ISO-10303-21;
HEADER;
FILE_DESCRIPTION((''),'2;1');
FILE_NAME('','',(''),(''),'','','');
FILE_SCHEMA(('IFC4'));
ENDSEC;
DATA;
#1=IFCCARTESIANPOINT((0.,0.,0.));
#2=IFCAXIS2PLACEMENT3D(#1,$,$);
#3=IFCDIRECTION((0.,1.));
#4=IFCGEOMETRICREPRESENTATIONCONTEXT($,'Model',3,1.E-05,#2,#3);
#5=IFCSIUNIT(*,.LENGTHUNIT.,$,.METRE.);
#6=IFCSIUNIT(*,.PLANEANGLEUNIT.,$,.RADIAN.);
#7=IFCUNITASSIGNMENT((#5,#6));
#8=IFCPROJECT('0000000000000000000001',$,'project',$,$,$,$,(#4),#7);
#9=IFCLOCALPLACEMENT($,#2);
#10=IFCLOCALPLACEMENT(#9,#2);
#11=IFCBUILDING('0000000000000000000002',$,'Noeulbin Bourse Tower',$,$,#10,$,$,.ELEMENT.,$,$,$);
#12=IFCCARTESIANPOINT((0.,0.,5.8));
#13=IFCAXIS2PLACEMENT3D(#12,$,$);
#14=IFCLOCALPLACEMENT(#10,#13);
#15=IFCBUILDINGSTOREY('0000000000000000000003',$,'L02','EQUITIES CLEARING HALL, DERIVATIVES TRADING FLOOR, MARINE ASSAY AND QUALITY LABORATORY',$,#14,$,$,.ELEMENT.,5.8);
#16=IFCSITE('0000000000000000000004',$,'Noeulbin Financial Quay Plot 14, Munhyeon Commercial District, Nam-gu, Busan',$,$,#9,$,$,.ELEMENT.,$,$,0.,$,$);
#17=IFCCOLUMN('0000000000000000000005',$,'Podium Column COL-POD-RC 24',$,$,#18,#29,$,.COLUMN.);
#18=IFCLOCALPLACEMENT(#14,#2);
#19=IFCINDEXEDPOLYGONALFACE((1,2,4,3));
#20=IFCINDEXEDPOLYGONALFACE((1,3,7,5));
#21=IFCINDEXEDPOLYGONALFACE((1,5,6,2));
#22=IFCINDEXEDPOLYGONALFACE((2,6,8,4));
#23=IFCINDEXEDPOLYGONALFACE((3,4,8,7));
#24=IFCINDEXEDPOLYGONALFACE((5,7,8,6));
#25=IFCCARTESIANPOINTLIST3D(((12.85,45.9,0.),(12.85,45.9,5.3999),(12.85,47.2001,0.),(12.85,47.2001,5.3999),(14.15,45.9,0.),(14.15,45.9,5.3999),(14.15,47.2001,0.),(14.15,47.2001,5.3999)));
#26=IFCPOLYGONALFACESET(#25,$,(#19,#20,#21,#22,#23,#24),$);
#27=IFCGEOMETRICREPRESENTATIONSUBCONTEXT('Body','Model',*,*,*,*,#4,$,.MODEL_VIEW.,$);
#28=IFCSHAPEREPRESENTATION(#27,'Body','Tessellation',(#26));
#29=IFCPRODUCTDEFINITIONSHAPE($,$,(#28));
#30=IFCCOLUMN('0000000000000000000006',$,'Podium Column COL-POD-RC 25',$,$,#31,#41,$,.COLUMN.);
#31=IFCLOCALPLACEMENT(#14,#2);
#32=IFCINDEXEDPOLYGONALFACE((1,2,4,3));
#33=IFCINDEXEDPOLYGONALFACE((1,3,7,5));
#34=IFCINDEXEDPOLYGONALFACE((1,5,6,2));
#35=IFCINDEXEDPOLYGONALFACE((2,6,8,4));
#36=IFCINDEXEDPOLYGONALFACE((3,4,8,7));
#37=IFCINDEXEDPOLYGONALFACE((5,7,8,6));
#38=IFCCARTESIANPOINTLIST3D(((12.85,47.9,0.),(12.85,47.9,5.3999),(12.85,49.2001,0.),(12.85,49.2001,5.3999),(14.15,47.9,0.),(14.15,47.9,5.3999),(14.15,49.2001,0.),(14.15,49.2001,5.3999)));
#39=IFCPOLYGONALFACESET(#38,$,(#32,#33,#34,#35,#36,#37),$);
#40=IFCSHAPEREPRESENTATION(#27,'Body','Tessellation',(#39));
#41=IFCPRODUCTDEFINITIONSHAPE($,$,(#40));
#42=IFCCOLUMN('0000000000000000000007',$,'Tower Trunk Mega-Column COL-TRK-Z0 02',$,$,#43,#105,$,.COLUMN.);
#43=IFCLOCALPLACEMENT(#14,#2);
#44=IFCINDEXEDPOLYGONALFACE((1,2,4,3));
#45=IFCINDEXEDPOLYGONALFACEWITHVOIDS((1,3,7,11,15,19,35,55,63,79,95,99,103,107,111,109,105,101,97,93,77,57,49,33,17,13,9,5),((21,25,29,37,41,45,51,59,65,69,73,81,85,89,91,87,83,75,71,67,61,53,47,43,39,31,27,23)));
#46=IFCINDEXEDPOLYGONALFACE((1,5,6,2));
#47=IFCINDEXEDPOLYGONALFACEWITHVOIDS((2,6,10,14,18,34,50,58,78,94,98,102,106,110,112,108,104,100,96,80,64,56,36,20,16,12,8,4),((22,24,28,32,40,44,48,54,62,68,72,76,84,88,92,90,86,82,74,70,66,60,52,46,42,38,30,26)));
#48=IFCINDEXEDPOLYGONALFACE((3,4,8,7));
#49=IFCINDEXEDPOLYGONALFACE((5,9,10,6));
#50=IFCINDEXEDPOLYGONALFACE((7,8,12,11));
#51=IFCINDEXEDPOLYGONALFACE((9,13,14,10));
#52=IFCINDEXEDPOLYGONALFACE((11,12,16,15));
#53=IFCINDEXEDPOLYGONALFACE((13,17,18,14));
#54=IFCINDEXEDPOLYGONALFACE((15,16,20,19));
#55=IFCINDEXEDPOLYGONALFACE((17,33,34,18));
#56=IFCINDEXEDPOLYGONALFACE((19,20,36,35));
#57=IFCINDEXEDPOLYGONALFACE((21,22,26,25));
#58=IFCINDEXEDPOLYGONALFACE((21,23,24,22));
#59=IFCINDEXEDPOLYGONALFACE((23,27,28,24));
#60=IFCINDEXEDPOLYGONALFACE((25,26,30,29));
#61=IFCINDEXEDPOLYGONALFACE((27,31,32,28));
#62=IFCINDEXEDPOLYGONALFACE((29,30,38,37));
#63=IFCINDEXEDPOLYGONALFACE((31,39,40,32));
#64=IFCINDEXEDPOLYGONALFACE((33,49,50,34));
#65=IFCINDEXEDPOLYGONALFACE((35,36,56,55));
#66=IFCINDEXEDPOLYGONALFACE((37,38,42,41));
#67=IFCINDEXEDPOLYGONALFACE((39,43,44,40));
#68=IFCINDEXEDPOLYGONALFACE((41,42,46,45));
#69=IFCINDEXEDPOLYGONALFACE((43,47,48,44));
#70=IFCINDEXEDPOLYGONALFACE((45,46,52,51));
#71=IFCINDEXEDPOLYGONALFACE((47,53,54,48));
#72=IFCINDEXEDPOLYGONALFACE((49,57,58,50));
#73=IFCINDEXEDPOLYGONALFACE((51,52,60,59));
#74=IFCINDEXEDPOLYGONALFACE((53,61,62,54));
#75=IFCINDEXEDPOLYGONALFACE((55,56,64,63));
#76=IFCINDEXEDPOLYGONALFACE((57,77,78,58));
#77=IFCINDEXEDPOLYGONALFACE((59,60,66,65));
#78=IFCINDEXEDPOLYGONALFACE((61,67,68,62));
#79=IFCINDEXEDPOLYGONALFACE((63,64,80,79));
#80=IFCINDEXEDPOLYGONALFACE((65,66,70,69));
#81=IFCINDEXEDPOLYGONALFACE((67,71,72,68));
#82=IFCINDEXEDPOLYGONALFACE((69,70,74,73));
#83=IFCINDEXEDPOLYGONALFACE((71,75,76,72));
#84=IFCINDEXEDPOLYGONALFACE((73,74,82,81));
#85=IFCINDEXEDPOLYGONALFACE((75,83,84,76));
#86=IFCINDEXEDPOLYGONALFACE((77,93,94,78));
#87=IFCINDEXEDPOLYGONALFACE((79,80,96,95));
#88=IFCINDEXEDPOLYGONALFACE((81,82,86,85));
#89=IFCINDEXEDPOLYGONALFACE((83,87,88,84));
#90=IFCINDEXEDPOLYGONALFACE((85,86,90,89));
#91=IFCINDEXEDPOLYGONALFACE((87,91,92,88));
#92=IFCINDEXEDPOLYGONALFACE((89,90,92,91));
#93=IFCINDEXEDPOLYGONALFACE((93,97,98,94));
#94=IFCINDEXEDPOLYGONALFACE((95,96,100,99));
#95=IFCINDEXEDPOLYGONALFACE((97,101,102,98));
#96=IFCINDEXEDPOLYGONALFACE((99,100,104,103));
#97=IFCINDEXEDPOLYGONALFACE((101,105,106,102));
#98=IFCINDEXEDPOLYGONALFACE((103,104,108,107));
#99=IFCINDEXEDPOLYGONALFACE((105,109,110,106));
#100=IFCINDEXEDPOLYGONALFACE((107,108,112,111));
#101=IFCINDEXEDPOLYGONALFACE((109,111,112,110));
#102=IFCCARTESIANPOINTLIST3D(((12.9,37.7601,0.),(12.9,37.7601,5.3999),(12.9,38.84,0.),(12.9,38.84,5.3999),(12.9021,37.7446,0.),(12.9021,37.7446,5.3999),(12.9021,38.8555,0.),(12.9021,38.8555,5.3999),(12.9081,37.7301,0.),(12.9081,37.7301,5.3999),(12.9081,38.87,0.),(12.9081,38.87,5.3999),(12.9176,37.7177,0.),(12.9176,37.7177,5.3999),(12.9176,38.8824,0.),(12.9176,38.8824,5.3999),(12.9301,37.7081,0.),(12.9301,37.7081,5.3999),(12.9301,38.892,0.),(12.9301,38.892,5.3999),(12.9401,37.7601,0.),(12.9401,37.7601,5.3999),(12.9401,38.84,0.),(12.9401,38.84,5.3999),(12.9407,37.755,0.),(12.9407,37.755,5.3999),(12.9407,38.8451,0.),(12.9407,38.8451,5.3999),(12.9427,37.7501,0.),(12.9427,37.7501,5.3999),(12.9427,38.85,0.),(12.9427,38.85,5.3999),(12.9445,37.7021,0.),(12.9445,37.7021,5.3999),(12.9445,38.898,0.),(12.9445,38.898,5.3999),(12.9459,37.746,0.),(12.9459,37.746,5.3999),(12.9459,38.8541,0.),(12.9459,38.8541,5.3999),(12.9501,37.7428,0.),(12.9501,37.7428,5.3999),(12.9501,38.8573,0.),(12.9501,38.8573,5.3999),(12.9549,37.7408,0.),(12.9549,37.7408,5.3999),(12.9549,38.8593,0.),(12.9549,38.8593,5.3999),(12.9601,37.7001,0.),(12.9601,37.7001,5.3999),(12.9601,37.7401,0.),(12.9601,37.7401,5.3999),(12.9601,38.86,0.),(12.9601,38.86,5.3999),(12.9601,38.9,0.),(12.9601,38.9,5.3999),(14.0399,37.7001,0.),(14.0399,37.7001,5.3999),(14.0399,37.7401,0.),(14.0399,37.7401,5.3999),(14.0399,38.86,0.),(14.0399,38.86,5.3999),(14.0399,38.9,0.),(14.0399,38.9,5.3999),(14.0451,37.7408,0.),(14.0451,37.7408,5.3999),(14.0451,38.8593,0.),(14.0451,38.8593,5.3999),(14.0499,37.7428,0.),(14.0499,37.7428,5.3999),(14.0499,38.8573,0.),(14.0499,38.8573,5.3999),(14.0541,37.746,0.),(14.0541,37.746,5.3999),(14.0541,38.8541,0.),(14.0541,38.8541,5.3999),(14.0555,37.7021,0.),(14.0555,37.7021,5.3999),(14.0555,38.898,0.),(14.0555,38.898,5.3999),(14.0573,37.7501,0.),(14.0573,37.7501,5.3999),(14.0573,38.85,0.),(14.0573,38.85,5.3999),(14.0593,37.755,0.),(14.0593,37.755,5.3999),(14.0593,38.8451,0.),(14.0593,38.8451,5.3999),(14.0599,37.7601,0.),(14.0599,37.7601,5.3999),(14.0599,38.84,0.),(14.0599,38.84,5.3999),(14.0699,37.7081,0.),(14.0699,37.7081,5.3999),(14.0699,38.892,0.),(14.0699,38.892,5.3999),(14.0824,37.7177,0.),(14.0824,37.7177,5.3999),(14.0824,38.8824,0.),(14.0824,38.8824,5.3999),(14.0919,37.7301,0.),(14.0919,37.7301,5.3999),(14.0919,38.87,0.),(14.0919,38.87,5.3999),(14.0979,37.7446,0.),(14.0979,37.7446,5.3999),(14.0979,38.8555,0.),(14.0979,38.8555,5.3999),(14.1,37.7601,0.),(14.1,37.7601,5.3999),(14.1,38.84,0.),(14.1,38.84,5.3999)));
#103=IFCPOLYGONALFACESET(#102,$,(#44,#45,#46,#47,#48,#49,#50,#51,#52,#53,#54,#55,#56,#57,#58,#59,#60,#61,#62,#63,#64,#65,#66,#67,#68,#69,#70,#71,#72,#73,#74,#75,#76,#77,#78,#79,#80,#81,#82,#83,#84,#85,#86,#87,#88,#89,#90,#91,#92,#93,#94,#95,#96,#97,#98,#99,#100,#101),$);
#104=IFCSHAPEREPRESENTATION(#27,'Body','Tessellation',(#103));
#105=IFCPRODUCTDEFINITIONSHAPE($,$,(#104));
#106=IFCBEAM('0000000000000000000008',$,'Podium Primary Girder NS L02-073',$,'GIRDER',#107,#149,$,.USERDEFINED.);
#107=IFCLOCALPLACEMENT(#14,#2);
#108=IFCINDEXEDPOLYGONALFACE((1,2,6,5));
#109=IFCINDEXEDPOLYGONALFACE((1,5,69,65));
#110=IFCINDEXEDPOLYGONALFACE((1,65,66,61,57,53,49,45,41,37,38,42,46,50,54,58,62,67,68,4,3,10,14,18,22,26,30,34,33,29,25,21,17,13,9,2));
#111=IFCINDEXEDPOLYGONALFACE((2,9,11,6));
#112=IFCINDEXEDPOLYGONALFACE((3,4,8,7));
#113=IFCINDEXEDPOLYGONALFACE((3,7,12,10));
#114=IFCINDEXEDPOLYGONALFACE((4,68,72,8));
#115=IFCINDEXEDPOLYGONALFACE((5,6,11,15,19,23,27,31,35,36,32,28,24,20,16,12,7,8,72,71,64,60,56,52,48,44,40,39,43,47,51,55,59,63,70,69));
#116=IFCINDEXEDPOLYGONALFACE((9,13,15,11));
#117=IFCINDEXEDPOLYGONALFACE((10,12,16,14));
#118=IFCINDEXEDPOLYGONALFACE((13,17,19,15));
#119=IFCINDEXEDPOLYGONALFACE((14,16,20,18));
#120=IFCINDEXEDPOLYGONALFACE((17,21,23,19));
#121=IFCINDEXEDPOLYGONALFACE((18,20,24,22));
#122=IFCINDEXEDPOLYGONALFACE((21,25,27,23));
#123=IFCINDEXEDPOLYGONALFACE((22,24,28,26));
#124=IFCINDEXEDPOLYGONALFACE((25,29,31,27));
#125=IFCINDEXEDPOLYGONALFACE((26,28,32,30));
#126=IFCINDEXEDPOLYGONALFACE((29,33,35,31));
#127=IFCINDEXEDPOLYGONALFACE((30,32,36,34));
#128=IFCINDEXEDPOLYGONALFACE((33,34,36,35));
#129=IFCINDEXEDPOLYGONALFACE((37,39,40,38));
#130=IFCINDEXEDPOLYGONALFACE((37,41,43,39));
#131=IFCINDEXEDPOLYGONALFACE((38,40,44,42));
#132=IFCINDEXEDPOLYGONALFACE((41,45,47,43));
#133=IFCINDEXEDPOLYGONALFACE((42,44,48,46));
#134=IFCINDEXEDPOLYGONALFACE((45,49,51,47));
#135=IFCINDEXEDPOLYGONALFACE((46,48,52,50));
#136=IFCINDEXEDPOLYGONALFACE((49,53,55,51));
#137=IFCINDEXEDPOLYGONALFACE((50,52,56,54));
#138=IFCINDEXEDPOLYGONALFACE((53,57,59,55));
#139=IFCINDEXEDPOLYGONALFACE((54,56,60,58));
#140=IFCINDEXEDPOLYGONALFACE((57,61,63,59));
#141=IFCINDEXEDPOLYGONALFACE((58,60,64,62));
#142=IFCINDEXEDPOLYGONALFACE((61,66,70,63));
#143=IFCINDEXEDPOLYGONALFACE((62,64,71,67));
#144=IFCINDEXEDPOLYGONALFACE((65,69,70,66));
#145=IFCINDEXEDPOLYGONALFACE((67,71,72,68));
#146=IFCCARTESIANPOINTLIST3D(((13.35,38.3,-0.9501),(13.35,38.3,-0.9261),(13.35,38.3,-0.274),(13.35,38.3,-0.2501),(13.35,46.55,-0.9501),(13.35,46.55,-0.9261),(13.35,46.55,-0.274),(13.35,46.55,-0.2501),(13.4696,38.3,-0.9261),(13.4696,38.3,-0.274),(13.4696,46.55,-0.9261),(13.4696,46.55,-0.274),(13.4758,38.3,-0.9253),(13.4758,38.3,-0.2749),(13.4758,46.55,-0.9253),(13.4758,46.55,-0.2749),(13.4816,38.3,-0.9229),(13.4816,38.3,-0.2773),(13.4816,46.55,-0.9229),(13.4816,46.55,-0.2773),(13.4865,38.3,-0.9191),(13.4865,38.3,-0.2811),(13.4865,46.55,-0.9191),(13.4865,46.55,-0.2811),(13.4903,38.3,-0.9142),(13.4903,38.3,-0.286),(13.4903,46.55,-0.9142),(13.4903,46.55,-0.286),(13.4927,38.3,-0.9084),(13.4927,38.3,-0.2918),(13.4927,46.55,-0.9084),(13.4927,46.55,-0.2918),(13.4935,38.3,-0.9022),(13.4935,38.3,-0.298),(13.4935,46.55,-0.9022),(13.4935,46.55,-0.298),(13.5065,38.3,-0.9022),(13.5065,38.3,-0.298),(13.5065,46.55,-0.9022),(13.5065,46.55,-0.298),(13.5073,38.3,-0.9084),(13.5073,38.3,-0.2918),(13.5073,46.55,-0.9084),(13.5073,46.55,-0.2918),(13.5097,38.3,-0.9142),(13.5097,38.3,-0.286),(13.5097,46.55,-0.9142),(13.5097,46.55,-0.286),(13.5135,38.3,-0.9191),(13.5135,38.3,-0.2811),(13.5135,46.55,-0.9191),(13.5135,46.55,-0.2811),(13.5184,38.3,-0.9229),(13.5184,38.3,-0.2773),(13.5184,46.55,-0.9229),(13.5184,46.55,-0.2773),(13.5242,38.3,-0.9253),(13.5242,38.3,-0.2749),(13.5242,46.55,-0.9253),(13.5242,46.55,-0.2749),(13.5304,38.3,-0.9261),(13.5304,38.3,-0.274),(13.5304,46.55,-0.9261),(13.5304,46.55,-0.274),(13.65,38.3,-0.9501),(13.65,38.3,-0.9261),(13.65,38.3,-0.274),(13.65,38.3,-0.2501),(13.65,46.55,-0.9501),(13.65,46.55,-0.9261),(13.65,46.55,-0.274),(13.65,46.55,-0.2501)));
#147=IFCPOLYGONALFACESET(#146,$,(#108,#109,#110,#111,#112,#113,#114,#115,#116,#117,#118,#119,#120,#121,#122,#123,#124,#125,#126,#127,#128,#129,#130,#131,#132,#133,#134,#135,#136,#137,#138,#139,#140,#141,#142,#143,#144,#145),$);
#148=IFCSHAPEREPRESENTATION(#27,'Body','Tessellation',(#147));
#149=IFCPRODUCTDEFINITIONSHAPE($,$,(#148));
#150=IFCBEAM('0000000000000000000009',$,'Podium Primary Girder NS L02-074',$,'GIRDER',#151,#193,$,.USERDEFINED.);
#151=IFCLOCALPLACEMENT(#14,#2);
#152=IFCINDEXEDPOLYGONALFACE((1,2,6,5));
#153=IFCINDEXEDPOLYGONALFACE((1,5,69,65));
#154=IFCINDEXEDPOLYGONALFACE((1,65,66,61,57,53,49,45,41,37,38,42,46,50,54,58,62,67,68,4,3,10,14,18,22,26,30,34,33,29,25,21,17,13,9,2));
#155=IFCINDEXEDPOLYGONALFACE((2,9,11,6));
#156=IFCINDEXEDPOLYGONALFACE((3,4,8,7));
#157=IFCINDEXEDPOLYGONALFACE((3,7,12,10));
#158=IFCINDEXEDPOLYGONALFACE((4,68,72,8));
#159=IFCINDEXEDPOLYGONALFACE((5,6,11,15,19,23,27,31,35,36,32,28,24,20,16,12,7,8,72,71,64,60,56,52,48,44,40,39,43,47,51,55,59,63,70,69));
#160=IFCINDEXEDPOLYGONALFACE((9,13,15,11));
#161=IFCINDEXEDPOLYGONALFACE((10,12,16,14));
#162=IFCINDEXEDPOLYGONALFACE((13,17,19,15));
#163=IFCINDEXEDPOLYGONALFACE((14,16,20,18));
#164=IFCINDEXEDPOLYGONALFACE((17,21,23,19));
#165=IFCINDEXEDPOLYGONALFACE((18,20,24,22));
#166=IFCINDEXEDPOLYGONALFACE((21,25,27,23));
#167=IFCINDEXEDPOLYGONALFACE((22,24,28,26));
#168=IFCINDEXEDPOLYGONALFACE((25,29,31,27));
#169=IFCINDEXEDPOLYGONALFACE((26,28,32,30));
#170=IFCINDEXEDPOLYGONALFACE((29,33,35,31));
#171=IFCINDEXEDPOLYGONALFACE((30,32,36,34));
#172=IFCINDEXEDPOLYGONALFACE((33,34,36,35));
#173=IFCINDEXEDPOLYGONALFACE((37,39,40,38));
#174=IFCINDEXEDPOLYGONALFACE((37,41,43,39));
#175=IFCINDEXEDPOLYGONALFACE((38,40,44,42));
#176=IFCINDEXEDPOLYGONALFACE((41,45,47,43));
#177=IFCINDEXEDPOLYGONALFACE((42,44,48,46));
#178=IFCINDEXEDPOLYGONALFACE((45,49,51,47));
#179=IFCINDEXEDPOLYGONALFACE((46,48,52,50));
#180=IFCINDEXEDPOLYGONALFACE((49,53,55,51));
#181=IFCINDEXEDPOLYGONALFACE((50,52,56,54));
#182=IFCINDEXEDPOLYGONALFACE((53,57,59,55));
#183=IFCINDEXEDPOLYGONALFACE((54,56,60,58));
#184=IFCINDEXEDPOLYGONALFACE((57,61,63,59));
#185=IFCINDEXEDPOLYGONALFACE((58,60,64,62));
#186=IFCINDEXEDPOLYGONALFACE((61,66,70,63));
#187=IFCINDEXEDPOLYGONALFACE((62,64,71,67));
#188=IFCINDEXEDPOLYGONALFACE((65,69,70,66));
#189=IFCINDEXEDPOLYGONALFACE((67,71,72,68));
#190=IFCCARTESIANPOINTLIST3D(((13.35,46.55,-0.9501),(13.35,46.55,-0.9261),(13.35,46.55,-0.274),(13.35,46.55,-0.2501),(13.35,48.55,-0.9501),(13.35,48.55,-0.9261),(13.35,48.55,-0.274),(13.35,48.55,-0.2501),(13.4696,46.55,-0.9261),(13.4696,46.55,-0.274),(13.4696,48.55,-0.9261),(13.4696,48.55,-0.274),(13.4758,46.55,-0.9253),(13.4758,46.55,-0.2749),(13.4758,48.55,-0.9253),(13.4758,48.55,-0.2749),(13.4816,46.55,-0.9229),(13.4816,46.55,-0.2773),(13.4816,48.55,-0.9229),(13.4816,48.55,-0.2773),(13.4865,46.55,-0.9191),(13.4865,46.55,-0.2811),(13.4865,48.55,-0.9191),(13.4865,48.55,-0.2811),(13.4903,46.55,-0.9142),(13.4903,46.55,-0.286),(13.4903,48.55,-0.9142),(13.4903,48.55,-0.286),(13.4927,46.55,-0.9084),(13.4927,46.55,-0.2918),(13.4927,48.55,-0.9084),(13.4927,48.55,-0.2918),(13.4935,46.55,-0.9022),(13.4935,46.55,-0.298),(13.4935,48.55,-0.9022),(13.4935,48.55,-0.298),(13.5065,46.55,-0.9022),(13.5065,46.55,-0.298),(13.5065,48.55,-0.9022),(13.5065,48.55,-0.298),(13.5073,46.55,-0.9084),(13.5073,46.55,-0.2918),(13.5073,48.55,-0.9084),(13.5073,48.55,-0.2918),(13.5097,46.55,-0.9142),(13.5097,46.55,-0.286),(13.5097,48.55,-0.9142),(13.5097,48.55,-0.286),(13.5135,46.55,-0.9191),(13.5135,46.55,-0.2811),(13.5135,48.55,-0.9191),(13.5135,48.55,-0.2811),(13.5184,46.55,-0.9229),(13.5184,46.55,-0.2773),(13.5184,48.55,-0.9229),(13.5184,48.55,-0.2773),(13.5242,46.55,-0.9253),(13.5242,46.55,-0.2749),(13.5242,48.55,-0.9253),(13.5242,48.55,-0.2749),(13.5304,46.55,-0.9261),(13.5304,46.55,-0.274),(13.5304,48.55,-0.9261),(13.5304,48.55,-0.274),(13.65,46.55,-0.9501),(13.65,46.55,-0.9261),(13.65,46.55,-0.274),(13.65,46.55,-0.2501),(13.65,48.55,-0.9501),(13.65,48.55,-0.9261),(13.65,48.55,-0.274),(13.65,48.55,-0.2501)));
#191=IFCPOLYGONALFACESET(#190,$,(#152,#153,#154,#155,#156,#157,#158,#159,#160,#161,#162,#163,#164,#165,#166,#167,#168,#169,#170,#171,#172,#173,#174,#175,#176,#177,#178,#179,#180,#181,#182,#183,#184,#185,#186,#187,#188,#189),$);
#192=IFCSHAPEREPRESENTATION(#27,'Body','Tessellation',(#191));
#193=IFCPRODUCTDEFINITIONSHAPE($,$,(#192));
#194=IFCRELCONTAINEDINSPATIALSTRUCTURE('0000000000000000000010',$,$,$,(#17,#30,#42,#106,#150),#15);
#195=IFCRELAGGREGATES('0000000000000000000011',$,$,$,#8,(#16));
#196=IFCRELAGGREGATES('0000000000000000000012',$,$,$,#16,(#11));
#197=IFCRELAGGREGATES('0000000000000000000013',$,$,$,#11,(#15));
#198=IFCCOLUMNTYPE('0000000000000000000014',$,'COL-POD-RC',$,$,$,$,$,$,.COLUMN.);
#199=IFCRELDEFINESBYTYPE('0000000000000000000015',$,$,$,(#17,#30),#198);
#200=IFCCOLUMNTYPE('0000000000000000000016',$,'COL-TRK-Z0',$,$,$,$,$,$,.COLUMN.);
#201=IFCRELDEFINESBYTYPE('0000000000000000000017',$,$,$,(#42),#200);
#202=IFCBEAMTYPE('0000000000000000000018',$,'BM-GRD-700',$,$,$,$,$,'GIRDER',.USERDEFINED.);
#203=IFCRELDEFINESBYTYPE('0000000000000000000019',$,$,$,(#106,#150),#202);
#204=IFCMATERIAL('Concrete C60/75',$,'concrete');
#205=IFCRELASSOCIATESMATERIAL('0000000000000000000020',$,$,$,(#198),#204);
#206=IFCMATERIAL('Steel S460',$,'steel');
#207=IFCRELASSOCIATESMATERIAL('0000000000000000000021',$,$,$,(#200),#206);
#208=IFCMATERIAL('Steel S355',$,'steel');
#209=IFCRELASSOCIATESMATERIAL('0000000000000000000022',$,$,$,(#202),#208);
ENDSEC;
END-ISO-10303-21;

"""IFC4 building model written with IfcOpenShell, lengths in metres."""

from ifc_helpers import new_model, si_unit, direction, frame, origin, origin_2d, place, context, subcontext, project, spatial, rectangle, hollow_rectangle, i_section, extrude, material, material_profile, profile_set, type_object, element, save


model = new_model("IFC4")

# Units and contexts
model_context = context("Model", 3, precision=1e-05, world=origin(), true_north=direction((0.0, 1.0)))
body_context = subcontext(model_context, "Body", "Model", "MODEL_VIEW")
ifc_project = project(units=[si_unit("LENGTHUNIT", "METRE"), si_unit("PLANEANGLEUNIT", "RADIAN")], contexts=[model_context])

# Site, building, storey
site_placement = place(None, origin())
site = spatial("IfcSite", under=ifc_project, at=site_placement, Name="Noeulbin Financial Quay Plot 14, Munhyeon Commercial District, Nam-gu, Busan", CompositionType="ELEMENT", RefElevation=0.0)
building_placement = place(site_placement, origin())
building = spatial("IfcBuilding", under=site, at=building_placement, Name="Noeulbin Bourse Tower", CompositionType="ELEMENT")
storey_placement = place(building_placement, frame((0.0, 0.0, 5.8)))
storey = spatial("IfcBuildingStorey", under=building, at=storey_placement, Name="L02", Description="EQUITIES CLEARING HALL, DERIVATIVES TRADING FLOOR, MARINE ASSAY AND QUALITY LABORATORY", CompositionType="ELEMENT", Elevation=5.8)

# Columns
ifc_material_1 = material(Name="Concrete C60/75", Category="concrete")
ifc_material_profile_1 = material_profile(ifc_material_1, rectangle(XDim=1.3, YDim=1.3, at=origin_2d()), Name="RC-COL-1300x1300", Category="LoadBearing")
ifc_profile_set_1 = profile_set([ifc_material_profile_1], Name="Concrete C60/75")
column_type_1 = type_object("IfcColumnType", Name="COL-POD-RC", PredefinedType="COLUMN", material=ifc_profile_set_1)
for number, where, z_axis, x_axis, name in (
    (1, (13.5, 46.55, 0.0), (0.0, 0.0, 1.0), (1.0, 0.0, 0.0), "Podium Column COL-POD-RC 24"),
    (2, (13.5, 48.55, 0.0), (0.0, 0.0, 1.0), (1.0, 0.0, 0.0), "Podium Column COL-POD-RC 25"),
):
    element("IfcColumn", number, at=place(storey_placement, frame(where, z_axis=z_axis, x_axis=x_axis)), inside=storey, type_object=column_type_1, Name=name, PredefinedType="COLUMN", context=body_context, shape_type="SweptSolid", body=[
        extrude(rectangle(XDim=1.3, YDim=1.3, at=origin_2d()), origin(), (0.0, 0.0, 1.0), 5.3999),
    ])
ifc_material_2 = material(Name="Steel S460", Category="steel")
ifc_material_profile_2 = material_profile(ifc_material_2, hollow_rectangle(XDim=1.2, YDim=1.2, WallThickness=0.04, InnerFilletRadius=0.02, OuterFilletRadius=0.0601, at=origin_2d()), Name="BOX-1200x1200x40", Category="LoadBearing")
ifc_profile_set_2 = profile_set([ifc_material_profile_2], Name="Steel S460")
column_type_2 = type_object("IfcColumnType", Name="COL-TRK-Z0", PredefinedType="COLUMN", material=ifc_profile_set_2)
column_placement = place(storey_placement, frame((13.5, 38.3, 0.0), z_axis=(0.0, 0.0, 1.0), x_axis=(1.0, 0.0, 0.0)))
element("IfcColumn", 3, at=column_placement, inside=storey, type_object=column_type_2, Name="Tower Trunk Mega-Column COL-TRK-Z0 02", PredefinedType="COLUMN", context=body_context, shape_type="SweptSolid", body=[
    extrude(hollow_rectangle(XDim=1.2, YDim=1.2, WallThickness=0.04, InnerFilletRadius=0.02, OuterFilletRadius=0.0601, at=origin_2d()), origin(), (0.0, 0.0, 1.0), 5.3999),
])

# Beams
ifc_material_3 = material(Name="Steel S355", Category="steel")
ifc_material_profile_3 = material_profile(ifc_material_3, i_section(OverallWidth=0.3, OverallDepth=0.7, WebThickness=0.0129, FlangeThickness=0.0239, FilletRadius=0.0239, at=origin_2d()), Name="H-700x300x13x24", Category="LoadBearing")
ifc_profile_set_3 = profile_set([ifc_material_profile_3], Name="Steel S355")
beam_type_1 = type_object("IfcBeamType", Name="BM-GRD-700", ElementType="GIRDER", PredefinedType="USERDEFINED", material=ifc_profile_set_3)
beam_1_placement = place(storey_placement, frame((13.5, 38.3, -0.6001), z_axis=(0.0, 1.0, 0.0), x_axis=(-1.0, 0.0, 0.0)))
element("IfcBeam", 4, at=beam_1_placement, inside=storey, type_object=beam_type_1, Name="Podium Primary Girder NS L02-073", ObjectType="GIRDER", PredefinedType="USERDEFINED", context=body_context, shape_type="SweptSolid", body=[
    extrude(i_section(OverallWidth=0.3, OverallDepth=0.7, WebThickness=0.0129, FlangeThickness=0.0239, FilletRadius=0.0239, at=origin_2d()), origin(), (0.0, 0.0, 1.0), 8.25),
])
beam_2_placement = place(storey_placement, frame((13.5, 46.55, -0.6001), z_axis=(0.0, 1.0, 0.0), x_axis=(-1.0, 0.0, 0.0)))
element("IfcBeam", 5, at=beam_2_placement, inside=storey, type_object=beam_type_1, Name="Podium Primary Girder NS L02-074", ObjectType="GIRDER", PredefinedType="USERDEFINED", context=body_context, shape_type="SweptSolid", body=[
    extrude(i_section(OverallWidth=0.3, OverallDepth=0.7, WebThickness=0.0129, FlangeThickness=0.0239, FilletRadius=0.0239, at=origin_2d()), origin(), (0.0, 0.0, 1.0), 2.0),
])

save(model, "model.ifc")
